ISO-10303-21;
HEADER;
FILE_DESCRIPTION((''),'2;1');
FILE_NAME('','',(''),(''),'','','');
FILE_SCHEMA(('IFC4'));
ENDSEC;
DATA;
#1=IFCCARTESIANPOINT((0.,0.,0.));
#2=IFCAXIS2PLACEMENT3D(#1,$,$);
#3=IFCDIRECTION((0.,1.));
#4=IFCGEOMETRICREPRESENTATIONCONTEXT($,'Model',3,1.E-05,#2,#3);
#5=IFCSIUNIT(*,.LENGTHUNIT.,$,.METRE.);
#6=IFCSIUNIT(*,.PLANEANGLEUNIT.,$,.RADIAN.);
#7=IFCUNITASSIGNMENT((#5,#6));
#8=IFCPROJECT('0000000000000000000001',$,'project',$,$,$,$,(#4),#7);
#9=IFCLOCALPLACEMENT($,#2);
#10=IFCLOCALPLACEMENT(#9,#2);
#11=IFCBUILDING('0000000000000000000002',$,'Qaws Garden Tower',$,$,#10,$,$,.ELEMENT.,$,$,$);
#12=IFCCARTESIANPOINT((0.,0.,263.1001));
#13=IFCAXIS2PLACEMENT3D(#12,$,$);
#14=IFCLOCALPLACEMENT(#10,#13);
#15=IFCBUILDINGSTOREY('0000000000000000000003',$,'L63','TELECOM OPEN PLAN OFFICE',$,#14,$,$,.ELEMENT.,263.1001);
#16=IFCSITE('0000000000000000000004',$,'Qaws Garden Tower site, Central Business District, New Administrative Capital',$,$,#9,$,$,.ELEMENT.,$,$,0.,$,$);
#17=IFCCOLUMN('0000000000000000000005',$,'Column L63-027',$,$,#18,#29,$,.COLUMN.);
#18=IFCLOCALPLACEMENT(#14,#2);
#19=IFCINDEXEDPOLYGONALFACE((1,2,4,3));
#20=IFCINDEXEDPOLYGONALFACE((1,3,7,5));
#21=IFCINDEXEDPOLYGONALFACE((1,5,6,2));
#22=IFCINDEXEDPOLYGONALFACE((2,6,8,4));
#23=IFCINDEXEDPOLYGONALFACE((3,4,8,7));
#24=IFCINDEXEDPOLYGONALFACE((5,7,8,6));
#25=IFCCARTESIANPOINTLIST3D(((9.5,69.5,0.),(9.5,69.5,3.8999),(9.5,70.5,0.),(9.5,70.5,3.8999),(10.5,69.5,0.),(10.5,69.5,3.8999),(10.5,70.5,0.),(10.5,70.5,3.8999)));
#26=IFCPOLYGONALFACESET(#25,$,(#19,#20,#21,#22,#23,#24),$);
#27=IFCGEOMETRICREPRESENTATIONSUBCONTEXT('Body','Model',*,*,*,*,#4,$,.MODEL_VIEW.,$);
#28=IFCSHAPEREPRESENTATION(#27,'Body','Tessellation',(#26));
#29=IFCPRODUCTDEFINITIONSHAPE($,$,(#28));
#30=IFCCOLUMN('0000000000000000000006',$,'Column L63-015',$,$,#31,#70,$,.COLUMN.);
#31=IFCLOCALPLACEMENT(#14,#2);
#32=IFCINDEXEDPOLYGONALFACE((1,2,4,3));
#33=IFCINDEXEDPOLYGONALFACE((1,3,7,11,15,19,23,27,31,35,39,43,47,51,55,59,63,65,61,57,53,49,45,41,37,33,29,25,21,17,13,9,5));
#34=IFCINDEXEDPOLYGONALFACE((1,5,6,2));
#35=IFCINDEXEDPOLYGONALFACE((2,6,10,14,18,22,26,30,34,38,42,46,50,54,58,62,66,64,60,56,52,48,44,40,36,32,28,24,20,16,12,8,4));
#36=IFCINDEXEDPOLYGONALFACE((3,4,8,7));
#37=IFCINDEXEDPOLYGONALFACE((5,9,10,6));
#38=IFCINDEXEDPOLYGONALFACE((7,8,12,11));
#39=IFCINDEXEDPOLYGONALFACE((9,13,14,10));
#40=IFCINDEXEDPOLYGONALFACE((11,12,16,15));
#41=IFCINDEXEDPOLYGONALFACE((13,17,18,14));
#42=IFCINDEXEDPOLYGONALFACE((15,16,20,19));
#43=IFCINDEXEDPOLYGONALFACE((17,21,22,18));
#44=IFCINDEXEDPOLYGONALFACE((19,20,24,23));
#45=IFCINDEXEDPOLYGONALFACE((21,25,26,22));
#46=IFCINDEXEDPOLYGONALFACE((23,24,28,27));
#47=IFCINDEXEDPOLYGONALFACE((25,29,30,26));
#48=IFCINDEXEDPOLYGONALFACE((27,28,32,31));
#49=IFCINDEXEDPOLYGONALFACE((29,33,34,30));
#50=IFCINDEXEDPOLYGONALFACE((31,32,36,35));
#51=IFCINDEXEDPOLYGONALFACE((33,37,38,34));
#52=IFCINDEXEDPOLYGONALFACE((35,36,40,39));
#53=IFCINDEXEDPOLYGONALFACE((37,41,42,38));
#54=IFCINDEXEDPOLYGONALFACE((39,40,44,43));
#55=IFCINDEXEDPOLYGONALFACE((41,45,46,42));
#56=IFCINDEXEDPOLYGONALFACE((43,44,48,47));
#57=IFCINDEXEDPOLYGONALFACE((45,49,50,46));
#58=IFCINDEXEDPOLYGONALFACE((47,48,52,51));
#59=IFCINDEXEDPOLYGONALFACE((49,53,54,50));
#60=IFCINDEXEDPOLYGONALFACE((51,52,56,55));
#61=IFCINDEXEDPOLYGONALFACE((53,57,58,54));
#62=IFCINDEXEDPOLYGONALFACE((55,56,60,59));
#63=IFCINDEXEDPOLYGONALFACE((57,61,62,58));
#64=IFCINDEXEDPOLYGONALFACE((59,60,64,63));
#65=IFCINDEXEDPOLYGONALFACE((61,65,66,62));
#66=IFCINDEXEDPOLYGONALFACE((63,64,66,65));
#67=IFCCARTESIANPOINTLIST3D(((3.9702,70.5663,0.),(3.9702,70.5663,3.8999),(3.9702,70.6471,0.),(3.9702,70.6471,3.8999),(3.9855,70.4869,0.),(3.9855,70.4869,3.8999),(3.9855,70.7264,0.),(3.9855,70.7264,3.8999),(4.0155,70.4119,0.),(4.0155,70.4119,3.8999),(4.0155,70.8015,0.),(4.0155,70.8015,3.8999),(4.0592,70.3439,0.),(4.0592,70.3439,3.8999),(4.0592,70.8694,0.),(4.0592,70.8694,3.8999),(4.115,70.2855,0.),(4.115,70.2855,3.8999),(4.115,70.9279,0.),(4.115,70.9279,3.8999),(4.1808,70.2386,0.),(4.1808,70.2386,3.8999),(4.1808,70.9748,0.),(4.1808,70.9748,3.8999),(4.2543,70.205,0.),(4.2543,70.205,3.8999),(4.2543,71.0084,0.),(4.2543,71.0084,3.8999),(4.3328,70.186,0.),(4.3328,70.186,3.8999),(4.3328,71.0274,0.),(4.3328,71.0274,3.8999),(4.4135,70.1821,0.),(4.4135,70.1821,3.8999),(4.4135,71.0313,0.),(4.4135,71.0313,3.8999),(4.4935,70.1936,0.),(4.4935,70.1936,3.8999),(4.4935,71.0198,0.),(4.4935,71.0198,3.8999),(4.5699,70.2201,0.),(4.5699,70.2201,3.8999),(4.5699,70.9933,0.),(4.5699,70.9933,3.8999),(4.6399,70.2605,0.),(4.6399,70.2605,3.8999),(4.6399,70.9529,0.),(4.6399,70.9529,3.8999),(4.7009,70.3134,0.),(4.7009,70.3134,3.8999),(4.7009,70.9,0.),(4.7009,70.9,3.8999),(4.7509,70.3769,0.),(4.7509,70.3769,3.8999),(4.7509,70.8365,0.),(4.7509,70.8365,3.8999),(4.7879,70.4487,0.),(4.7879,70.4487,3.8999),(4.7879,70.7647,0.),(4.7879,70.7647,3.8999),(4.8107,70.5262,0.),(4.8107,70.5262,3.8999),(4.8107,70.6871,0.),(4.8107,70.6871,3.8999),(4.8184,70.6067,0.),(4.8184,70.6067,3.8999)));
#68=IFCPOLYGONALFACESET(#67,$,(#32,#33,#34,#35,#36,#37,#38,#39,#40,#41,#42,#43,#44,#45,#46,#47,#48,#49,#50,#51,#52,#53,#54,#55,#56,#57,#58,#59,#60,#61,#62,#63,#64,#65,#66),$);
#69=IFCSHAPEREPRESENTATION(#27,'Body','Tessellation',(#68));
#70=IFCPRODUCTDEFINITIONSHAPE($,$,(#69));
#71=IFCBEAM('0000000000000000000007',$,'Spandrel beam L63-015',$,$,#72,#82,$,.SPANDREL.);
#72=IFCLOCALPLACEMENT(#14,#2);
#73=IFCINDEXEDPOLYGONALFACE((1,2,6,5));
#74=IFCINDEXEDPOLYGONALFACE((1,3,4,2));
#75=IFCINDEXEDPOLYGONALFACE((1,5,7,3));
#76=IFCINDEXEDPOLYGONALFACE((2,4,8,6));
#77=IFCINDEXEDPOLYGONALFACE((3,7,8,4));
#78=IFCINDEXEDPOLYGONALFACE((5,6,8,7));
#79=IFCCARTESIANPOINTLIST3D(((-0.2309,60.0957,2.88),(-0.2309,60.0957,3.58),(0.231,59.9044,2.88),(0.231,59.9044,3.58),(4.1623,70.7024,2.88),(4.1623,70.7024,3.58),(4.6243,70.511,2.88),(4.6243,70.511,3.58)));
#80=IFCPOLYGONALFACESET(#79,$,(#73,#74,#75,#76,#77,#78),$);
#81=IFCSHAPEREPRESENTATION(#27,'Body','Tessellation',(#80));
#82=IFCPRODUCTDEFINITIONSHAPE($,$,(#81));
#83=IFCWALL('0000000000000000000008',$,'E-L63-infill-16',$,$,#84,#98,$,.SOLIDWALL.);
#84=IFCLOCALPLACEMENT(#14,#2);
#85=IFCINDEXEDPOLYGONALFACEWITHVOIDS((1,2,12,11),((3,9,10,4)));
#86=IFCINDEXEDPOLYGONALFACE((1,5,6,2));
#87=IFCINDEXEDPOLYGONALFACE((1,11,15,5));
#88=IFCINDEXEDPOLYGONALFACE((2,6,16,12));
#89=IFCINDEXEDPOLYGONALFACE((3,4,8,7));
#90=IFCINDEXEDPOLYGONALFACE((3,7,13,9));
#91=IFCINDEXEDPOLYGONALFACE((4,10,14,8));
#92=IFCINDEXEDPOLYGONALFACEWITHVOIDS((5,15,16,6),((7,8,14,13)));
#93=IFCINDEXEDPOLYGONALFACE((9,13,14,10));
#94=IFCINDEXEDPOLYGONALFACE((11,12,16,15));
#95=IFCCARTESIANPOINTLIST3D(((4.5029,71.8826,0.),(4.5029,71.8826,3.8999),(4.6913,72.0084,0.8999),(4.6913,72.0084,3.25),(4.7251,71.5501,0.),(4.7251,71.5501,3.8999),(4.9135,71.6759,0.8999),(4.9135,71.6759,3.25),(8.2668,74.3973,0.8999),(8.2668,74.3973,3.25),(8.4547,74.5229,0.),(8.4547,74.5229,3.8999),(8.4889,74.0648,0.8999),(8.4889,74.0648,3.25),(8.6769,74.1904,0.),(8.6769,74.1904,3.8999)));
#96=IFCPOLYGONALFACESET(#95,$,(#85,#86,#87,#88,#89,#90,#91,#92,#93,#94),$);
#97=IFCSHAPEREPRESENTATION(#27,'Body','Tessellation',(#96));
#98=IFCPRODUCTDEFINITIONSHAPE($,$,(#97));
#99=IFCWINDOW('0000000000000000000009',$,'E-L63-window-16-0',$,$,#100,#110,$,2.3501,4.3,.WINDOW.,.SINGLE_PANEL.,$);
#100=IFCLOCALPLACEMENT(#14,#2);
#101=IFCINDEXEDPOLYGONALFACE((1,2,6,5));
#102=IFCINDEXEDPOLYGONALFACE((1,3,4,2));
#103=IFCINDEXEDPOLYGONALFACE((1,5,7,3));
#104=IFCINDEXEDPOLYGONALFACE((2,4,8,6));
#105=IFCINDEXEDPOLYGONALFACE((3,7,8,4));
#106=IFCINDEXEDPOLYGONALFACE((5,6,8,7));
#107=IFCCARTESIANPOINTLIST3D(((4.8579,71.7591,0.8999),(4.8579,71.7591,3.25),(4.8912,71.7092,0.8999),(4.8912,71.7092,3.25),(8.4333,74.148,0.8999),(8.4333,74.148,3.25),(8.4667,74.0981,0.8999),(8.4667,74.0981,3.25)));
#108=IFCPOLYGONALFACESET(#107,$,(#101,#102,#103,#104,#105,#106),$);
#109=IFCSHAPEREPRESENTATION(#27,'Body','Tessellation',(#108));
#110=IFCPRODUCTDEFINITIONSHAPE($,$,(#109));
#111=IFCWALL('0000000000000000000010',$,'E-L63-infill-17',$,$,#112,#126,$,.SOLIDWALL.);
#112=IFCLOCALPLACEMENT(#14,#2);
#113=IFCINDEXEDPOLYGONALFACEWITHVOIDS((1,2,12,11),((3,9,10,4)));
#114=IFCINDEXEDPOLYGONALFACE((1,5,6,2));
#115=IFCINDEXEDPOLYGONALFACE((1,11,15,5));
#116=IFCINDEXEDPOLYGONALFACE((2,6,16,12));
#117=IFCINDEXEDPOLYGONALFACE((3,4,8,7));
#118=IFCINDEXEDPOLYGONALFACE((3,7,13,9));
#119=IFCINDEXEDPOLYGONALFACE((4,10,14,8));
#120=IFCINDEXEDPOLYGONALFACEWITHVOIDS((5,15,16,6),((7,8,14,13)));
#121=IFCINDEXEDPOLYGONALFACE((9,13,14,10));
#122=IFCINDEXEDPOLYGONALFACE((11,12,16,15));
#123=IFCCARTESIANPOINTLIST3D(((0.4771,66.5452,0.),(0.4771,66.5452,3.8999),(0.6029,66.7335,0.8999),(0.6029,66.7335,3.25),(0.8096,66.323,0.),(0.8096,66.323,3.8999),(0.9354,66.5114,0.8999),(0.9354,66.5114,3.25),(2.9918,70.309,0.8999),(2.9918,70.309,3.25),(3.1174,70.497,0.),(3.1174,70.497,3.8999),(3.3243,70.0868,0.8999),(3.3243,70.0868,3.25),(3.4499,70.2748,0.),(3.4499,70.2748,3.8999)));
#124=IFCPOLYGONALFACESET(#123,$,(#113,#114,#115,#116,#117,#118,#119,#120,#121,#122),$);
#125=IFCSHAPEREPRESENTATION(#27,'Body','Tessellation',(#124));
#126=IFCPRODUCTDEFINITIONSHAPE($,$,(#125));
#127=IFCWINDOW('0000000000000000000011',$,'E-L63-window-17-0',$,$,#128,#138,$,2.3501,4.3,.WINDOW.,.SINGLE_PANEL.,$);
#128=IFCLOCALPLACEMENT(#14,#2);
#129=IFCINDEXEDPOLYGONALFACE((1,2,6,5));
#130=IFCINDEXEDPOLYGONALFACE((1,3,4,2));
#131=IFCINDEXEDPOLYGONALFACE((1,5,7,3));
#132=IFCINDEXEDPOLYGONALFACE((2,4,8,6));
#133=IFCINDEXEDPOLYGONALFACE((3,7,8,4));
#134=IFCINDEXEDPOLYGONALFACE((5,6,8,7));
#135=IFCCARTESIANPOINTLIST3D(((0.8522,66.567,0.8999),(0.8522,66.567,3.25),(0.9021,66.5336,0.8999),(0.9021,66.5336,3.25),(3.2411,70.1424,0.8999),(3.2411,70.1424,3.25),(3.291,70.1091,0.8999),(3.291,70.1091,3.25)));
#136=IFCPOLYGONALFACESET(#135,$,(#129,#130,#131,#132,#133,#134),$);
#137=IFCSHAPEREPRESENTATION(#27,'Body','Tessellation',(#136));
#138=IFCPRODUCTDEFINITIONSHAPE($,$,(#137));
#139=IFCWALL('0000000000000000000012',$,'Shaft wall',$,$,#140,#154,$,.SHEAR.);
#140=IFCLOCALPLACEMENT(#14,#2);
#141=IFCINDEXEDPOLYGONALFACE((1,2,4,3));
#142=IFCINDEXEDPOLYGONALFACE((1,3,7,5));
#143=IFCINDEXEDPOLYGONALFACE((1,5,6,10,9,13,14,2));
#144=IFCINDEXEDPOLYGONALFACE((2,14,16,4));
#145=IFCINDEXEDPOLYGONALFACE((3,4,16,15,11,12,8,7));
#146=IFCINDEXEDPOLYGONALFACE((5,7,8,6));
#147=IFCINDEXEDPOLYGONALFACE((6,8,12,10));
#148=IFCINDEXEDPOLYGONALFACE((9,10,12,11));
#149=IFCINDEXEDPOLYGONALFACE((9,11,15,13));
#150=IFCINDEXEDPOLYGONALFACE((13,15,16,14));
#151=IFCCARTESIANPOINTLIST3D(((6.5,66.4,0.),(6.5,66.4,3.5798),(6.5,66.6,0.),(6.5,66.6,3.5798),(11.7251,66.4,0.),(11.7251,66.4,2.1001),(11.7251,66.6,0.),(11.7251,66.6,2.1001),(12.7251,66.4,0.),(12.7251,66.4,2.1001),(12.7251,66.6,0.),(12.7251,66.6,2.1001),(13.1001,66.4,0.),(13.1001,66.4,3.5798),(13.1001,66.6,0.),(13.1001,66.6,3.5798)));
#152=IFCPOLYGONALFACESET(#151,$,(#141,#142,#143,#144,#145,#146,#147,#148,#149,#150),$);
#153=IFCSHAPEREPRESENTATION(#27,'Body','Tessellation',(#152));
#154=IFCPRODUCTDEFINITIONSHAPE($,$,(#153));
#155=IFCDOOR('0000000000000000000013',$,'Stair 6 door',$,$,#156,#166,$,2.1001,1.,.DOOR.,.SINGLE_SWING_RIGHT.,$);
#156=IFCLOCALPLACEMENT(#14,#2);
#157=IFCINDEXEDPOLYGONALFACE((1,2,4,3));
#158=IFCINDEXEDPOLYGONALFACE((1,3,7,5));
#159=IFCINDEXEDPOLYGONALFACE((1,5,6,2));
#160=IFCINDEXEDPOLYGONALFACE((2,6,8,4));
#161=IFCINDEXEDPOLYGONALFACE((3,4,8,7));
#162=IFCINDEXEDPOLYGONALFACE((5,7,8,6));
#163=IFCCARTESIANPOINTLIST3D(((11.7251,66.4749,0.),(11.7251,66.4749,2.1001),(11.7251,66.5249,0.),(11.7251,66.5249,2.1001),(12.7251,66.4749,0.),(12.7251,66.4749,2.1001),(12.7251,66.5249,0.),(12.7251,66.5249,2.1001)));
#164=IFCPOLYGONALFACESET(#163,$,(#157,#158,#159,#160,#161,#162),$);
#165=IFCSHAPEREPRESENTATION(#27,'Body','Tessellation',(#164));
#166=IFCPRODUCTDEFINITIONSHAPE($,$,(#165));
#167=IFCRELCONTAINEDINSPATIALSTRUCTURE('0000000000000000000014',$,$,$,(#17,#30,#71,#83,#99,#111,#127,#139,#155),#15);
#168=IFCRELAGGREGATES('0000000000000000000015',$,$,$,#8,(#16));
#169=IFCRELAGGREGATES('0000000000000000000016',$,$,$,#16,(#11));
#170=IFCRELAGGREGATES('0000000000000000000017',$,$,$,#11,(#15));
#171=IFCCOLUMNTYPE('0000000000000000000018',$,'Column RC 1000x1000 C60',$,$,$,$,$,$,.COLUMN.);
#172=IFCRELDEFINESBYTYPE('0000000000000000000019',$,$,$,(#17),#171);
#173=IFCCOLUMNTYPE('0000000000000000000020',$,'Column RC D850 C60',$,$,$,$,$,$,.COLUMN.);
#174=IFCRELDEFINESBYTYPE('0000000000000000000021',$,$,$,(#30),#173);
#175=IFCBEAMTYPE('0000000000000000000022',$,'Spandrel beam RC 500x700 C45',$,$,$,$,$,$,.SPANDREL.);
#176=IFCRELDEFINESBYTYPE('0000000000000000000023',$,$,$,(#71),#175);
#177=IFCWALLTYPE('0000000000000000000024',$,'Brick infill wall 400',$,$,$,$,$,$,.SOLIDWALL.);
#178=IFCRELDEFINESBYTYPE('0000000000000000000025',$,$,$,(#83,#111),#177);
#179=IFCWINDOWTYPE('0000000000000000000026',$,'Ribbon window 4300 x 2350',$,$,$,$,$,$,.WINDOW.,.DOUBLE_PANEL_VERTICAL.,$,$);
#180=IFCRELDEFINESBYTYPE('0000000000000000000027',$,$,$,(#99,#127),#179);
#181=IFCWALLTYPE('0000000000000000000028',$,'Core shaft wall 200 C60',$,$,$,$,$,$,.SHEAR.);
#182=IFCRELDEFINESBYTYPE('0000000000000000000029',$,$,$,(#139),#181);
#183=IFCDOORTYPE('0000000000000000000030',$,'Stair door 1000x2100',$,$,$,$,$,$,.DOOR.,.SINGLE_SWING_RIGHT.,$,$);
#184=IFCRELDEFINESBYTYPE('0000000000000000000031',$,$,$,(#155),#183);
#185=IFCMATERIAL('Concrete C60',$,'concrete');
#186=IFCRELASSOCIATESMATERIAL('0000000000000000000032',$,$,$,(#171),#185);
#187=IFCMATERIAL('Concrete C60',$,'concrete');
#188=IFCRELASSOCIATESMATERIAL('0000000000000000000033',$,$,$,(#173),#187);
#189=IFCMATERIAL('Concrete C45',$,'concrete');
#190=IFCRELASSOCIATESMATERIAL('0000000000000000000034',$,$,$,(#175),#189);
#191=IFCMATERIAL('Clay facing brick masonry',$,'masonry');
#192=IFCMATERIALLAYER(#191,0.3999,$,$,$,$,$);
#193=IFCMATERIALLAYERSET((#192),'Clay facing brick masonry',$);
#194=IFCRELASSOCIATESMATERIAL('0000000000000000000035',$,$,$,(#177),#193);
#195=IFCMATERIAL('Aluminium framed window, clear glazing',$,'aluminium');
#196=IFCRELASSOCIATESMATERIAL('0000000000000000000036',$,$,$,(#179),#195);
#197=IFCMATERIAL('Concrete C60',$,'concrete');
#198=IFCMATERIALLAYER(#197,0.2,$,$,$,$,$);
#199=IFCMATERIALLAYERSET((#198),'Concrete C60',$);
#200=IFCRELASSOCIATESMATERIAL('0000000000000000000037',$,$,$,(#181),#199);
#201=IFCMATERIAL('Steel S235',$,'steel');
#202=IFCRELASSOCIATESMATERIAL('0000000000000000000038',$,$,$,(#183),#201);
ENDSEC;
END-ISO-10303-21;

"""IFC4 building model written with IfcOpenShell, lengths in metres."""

from ifc_helpers import new_model, si_unit, direction, frame, frame_2d, origin, origin_2d, place, context, subcontext, project, spatial, rectangle, circle, extrude, material, layer, layer_set, material_profile, profile_set, type_object, element, fill, save


model = new_model("IFC4")

# Units and contexts
model_context = context("Model", 3, precision=1e-05, world=origin(), true_north=direction((0.0, 1.0)))
body_context = subcontext(model_context, "Body", "Model", "MODEL_VIEW")
ifc_project = project(units=[si_unit("LENGTHUNIT", "METRE"), si_unit("PLANEANGLEUNIT", "RADIAN")], contexts=[model_context])

# Site, building, storey
site_placement = place(None, origin())
site = spatial("IfcSite", under=ifc_project, at=site_placement, Name="Qaws Garden Tower site, Central Business District, New Administrative Capital", CompositionType="ELEMENT", RefElevation=0.0)
building_placement = place(site_placement, origin())
building = spatial("IfcBuilding", under=site, at=building_placement, Name="Qaws Garden Tower", CompositionType="ELEMENT")
storey_placement = place(building_placement, frame((0.0, 0.0, 263.1001)))
storey = spatial("IfcBuildingStorey", under=building, at=storey_placement, Name="L63", Description="TELECOM OPEN PLAN OFFICE", CompositionType="ELEMENT", Elevation=263.1001)

# Columns
ifc_material_1 = material(Name="Concrete C60", Category="concrete")
ifc_material_profile_1 = material_profile(ifc_material_1, rectangle(XDim=1.0, YDim=1.0, at=origin_2d()), Name="RC 1000x1000")
ifc_profile_set_1 = profile_set([ifc_material_profile_1], Name="Concrete C60")
column_type_1 = type_object("IfcColumnType", Name="Column RC 1000x1000 C60", PredefinedType="COLUMN", material=ifc_profile_set_1)
column_1_placement = place(storey_placement, frame((10.0, 70.0, 0.0), z_axis=(0.0, 0.0, 1.0), x_axis=(1.0, 0.0, 0.0)))
element("IfcColumn", 1, at=column_1_placement, inside=storey, type_object=column_type_1, Name="Column L63-027", PredefinedType="COLUMN", context=body_context, shape_type="SweptSolid", body=[
    extrude(rectangle(XDim=1.0, YDim=1.0, at=origin_2d()), origin(), (0.0, 0.0, 1.0), 3.8999),
])
ifc_material_2 = material(Name="Concrete C60", Category="concrete")
ifc_material_profile_2 = material_profile(ifc_material_2, circle(Radius=0.425, at=origin_2d()), Name="RC D850")
ifc_profile_set_2 = profile_set([ifc_material_profile_2], Name="Concrete C60")
column_type_2 = type_object("IfcColumnType", Name="Column RC D850 C60", PredefinedType="COLUMN", material=ifc_profile_set_2)
column_2_placement = place(storey_placement, frame((4.3933, 70.6067, 0.0), z_axis=(0.0, 0.0, 1.0), x_axis=(1.0, 0.0, 0.0)))
element("IfcColumn", 2, at=column_2_placement, inside=storey, type_object=column_type_2, Name="Column L63-015", PredefinedType="COLUMN", context=body_context, shape_type="SweptSolid", body=[
    extrude(circle(Radius=0.425, at=origin_2d()), origin(), (0.0, 0.0, 1.0), 3.8999),
])

# Beam
ifc_material_3 = material(Name="Concrete C45", Category="concrete")
ifc_material_profile_3 = material_profile(ifc_material_3, rectangle(XDim=0.5, YDim=0.7, at=origin_2d()), Name="RC 500x700")
ifc_profile_set_3 = profile_set([ifc_material_profile_3], Name="Concrete C45")
beam_type = type_object("IfcBeamType", Name="Spandrel beam RC 500x700 C45", PredefinedType="SPANDREL", material=ifc_profile_set_3)
beam_placement = place(storey_placement, frame((4.3933, 70.6067, 3.23), z_axis=(-0.382674, -0.923883, 0.0), x_axis=(0.923883, -0.382674, 0.0)))
element("IfcBeam", 3, at=beam_placement, inside=storey, type_object=beam_type, Name="Spandrel beam L63-015", PredefinedType="SPANDREL", context=body_context, shape_type="SweptSolid", body=[
    extrude(rectangle(XDim=0.5, YDim=0.7, at=origin_2d()), origin(), (0.0, 0.0, 1.0), 11.4805),
])

# Walls, openings, windows
ifc_material_4 = material(Name="Clay facing brick masonry", Category="masonry")
ifc_layer_1 = layer(ifc_material_4, 0.3999)
ifc_layer_set_1 = layer_set([ifc_layer_1], Name="Clay facing brick masonry")
wall_type_1 = type_object("IfcWallType", Name="Brick infill wall 400", PredefinedType="SOLIDWALL", material=ifc_layer_set_1)
wall_1_placement = place(storey_placement, frame((8.5659, 74.3567, 0.0), z_axis=(0.0, 0.0, 1.0), x_axis=(-0.831489, -0.555542, 0.0)))
wall_1 = element("IfcWall", 4, at=wall_1_placement, inside=storey, type_object=wall_type_1, Name="E-L63-infill-16", PredefinedType="SOLIDWALL", context=body_context, shape_type="SweptSolid", body=[
    extrude(rectangle(XDim=4.7527, YDim=0.3999, at=frame_2d((2.3765, 0.0))), origin(), (0.0, 0.0, 1.0), 3.8999),
])
opening_1_placement = place(wall_1_placement, frame((0.2263, 0.0, 0.8999)))
opening_1 = element("IfcOpeningElement", 5, at=opening_1_placement, cuts=wall_1, PredefinedType="OPENING", context=body_context, shape_type="SweptSolid", body=[
    extrude(rectangle(XDim=4.3, YDim=2.3501, at=frame_2d((2.1499, 1.175))), frame((0.0, 0.21, 0.0), z_axis=(0.0, -1.0, 0.0), x_axis=(1.0, 0.0, 0.0)), (0.0, 0.0, 1.0), 0.4199),
])
ifc_material_5 = material(Name="Aluminium framed window, clear glazing", Category="aluminium")
window_type = type_object("IfcWindowType", Name="Ribbon window 4300 x 2350", PartitioningType="DOUBLE_PANEL_VERTICAL", PredefinedType="WINDOW", material=ifc_material_5)
window_1_placement = place(opening_1_placement, origin())
window_1 = element("IfcWindow", 6, at=window_1_placement, inside=storey, type_object=window_type, Name="E-L63-window-16-0", OverallHeight=2.3501, OverallWidth=4.3, PartitioningType="SINGLE_PANEL", PredefinedType="WINDOW", context=body_context, shape_type="SweptSolid", body=[
    extrude(rectangle(XDim=4.3, YDim=2.3501, at=frame_2d((2.1499, 1.175))), frame((0.0, 0.1599, 0.0), z_axis=(0.0, -1.0, 0.0), x_axis=(1.0, 0.0, 0.0)), (0.0, 0.0, 1.0), 0.0601),
])
fill(opening_1, window_1)
wall_2_placement = place(storey_placement, frame((3.2837, 70.386, 0.0), z_axis=(0.0, 0.0, 1.0), x_axis=(-0.555542, -0.831489, 0.0)))
wall_2 = element("IfcWall", 7, at=wall_2_placement, inside=storey, type_object=wall_type_1, Name="E-L63-infill-17", PredefinedType="SOLIDWALL", context=body_context, shape_type="SweptSolid", body=[
    extrude(rectangle(XDim=4.7527, YDim=0.3999, at=frame_2d((2.3765, 0.0))), origin(), (0.0, 0.0, 1.0), 3.8999),
])
opening_2_placement = place(wall_2_placement, frame((0.2263, 0.0, 0.8999)))
opening_2 = element("IfcOpeningElement", 8, at=opening_2_placement, cuts=wall_2, PredefinedType="OPENING", context=body_context, shape_type="SweptSolid", body=[
    extrude(rectangle(XDim=4.3, YDim=2.3501, at=frame_2d((2.1499, 1.175))), frame((0.0, 0.21, 0.0), z_axis=(0.0, -1.0, 0.0), x_axis=(1.0, 0.0, 0.0)), (0.0, 0.0, 1.0), 0.4199),
])
window_2_placement = place(opening_2_placement, origin())
window_2 = element("IfcWindow", 9, at=window_2_placement, inside=storey, type_object=window_type, Name="E-L63-window-17-0", OverallHeight=2.3501, OverallWidth=4.3, PartitioningType="SINGLE_PANEL", PredefinedType="WINDOW", context=body_context, shape_type="SweptSolid", body=[
    extrude(rectangle(XDim=4.3, YDim=2.3501, at=frame_2d((2.1499, 1.175))), frame((0.0, 0.1599, 0.0), z_axis=(0.0, -1.0, 0.0), x_axis=(1.0, 0.0, 0.0)), (0.0, 0.0, 1.0), 0.0601),
])
fill(opening_2, window_2)

# Wall, opening, door
ifc_material_6 = material(Name="Concrete C60", Category="concrete")
ifc_layer_2 = layer(ifc_material_6, 0.2)
ifc_layer_set_2 = layer_set([ifc_layer_2], Name="Concrete C60")
wall_type_2 = type_object("IfcWallType", Name="Core shaft wall 200 C60", PredefinedType="SHEAR", material=ifc_layer_set_2)
wall_3_placement = place(storey_placement, frame((6.5, 66.5, 0.0), z_axis=(0.0, 0.0, 1.0), x_axis=(1.0, 0.0, 0.0)))
wall_3 = element("IfcWall", 10, at=wall_3_placement, inside=storey, type_object=wall_type_2, Name="Shaft wall", PredefinedType="SHEAR", context=body_context, shape_type="SweptSolid", body=[
    extrude(rectangle(XDim=6.6001, YDim=0.2, at=frame_2d((3.3, 0.0))), origin(), (0.0, 0.0, 1.0), 3.5798),
])
opening_3_placement = place(wall_3_placement, frame((5.2251, 0.0, 0.0)))
opening_3 = element("IfcOpeningElement", 11, at=opening_3_placement, cuts=wall_3, PredefinedType="OPENING", context=body_context, shape_type="SweptSolid", body=[
    extrude(rectangle(XDim=1.0, YDim=2.1001, at=frame_2d((0.5, 1.05))), frame((0.0, 0.1099, 0.0), z_axis=(0.0, -1.0, 0.0), x_axis=(1.0, 0.0, 0.0)), (0.0, 0.0, 1.0), 0.22),
])
ifc_material_7 = material(Name="Steel S235", Category="steel")
door_type = type_object("IfcDoorType", Name="Stair door 1000x2100", OperationType="SINGLE_SWING_RIGHT", PredefinedType="DOOR", material=ifc_material_7)
door_1_placement = place(opening_3_placement, origin())
door_1 = element("IfcDoor", 12, at=door_1_placement, inside=storey, type_object=door_type, Name="Stair 6 door", OperationType="SINGLE_SWING_RIGHT", OverallHeight=2.1001, OverallWidth=1.0, PredefinedType="DOOR", context=body_context, shape_type="SweptSolid", body=[
    extrude(rectangle(XDim=1.0, YDim=2.1001, at=frame_2d((0.5, 1.05))), frame((0.0, 0.0249, 0.0), z_axis=(0.0, -1.0, 0.0), x_axis=(1.0, 0.0, 0.0)), (0.0, 0.0, 1.0), 0.05),
])
fill(opening_3, door_1)

save(model, "model.ifc")
